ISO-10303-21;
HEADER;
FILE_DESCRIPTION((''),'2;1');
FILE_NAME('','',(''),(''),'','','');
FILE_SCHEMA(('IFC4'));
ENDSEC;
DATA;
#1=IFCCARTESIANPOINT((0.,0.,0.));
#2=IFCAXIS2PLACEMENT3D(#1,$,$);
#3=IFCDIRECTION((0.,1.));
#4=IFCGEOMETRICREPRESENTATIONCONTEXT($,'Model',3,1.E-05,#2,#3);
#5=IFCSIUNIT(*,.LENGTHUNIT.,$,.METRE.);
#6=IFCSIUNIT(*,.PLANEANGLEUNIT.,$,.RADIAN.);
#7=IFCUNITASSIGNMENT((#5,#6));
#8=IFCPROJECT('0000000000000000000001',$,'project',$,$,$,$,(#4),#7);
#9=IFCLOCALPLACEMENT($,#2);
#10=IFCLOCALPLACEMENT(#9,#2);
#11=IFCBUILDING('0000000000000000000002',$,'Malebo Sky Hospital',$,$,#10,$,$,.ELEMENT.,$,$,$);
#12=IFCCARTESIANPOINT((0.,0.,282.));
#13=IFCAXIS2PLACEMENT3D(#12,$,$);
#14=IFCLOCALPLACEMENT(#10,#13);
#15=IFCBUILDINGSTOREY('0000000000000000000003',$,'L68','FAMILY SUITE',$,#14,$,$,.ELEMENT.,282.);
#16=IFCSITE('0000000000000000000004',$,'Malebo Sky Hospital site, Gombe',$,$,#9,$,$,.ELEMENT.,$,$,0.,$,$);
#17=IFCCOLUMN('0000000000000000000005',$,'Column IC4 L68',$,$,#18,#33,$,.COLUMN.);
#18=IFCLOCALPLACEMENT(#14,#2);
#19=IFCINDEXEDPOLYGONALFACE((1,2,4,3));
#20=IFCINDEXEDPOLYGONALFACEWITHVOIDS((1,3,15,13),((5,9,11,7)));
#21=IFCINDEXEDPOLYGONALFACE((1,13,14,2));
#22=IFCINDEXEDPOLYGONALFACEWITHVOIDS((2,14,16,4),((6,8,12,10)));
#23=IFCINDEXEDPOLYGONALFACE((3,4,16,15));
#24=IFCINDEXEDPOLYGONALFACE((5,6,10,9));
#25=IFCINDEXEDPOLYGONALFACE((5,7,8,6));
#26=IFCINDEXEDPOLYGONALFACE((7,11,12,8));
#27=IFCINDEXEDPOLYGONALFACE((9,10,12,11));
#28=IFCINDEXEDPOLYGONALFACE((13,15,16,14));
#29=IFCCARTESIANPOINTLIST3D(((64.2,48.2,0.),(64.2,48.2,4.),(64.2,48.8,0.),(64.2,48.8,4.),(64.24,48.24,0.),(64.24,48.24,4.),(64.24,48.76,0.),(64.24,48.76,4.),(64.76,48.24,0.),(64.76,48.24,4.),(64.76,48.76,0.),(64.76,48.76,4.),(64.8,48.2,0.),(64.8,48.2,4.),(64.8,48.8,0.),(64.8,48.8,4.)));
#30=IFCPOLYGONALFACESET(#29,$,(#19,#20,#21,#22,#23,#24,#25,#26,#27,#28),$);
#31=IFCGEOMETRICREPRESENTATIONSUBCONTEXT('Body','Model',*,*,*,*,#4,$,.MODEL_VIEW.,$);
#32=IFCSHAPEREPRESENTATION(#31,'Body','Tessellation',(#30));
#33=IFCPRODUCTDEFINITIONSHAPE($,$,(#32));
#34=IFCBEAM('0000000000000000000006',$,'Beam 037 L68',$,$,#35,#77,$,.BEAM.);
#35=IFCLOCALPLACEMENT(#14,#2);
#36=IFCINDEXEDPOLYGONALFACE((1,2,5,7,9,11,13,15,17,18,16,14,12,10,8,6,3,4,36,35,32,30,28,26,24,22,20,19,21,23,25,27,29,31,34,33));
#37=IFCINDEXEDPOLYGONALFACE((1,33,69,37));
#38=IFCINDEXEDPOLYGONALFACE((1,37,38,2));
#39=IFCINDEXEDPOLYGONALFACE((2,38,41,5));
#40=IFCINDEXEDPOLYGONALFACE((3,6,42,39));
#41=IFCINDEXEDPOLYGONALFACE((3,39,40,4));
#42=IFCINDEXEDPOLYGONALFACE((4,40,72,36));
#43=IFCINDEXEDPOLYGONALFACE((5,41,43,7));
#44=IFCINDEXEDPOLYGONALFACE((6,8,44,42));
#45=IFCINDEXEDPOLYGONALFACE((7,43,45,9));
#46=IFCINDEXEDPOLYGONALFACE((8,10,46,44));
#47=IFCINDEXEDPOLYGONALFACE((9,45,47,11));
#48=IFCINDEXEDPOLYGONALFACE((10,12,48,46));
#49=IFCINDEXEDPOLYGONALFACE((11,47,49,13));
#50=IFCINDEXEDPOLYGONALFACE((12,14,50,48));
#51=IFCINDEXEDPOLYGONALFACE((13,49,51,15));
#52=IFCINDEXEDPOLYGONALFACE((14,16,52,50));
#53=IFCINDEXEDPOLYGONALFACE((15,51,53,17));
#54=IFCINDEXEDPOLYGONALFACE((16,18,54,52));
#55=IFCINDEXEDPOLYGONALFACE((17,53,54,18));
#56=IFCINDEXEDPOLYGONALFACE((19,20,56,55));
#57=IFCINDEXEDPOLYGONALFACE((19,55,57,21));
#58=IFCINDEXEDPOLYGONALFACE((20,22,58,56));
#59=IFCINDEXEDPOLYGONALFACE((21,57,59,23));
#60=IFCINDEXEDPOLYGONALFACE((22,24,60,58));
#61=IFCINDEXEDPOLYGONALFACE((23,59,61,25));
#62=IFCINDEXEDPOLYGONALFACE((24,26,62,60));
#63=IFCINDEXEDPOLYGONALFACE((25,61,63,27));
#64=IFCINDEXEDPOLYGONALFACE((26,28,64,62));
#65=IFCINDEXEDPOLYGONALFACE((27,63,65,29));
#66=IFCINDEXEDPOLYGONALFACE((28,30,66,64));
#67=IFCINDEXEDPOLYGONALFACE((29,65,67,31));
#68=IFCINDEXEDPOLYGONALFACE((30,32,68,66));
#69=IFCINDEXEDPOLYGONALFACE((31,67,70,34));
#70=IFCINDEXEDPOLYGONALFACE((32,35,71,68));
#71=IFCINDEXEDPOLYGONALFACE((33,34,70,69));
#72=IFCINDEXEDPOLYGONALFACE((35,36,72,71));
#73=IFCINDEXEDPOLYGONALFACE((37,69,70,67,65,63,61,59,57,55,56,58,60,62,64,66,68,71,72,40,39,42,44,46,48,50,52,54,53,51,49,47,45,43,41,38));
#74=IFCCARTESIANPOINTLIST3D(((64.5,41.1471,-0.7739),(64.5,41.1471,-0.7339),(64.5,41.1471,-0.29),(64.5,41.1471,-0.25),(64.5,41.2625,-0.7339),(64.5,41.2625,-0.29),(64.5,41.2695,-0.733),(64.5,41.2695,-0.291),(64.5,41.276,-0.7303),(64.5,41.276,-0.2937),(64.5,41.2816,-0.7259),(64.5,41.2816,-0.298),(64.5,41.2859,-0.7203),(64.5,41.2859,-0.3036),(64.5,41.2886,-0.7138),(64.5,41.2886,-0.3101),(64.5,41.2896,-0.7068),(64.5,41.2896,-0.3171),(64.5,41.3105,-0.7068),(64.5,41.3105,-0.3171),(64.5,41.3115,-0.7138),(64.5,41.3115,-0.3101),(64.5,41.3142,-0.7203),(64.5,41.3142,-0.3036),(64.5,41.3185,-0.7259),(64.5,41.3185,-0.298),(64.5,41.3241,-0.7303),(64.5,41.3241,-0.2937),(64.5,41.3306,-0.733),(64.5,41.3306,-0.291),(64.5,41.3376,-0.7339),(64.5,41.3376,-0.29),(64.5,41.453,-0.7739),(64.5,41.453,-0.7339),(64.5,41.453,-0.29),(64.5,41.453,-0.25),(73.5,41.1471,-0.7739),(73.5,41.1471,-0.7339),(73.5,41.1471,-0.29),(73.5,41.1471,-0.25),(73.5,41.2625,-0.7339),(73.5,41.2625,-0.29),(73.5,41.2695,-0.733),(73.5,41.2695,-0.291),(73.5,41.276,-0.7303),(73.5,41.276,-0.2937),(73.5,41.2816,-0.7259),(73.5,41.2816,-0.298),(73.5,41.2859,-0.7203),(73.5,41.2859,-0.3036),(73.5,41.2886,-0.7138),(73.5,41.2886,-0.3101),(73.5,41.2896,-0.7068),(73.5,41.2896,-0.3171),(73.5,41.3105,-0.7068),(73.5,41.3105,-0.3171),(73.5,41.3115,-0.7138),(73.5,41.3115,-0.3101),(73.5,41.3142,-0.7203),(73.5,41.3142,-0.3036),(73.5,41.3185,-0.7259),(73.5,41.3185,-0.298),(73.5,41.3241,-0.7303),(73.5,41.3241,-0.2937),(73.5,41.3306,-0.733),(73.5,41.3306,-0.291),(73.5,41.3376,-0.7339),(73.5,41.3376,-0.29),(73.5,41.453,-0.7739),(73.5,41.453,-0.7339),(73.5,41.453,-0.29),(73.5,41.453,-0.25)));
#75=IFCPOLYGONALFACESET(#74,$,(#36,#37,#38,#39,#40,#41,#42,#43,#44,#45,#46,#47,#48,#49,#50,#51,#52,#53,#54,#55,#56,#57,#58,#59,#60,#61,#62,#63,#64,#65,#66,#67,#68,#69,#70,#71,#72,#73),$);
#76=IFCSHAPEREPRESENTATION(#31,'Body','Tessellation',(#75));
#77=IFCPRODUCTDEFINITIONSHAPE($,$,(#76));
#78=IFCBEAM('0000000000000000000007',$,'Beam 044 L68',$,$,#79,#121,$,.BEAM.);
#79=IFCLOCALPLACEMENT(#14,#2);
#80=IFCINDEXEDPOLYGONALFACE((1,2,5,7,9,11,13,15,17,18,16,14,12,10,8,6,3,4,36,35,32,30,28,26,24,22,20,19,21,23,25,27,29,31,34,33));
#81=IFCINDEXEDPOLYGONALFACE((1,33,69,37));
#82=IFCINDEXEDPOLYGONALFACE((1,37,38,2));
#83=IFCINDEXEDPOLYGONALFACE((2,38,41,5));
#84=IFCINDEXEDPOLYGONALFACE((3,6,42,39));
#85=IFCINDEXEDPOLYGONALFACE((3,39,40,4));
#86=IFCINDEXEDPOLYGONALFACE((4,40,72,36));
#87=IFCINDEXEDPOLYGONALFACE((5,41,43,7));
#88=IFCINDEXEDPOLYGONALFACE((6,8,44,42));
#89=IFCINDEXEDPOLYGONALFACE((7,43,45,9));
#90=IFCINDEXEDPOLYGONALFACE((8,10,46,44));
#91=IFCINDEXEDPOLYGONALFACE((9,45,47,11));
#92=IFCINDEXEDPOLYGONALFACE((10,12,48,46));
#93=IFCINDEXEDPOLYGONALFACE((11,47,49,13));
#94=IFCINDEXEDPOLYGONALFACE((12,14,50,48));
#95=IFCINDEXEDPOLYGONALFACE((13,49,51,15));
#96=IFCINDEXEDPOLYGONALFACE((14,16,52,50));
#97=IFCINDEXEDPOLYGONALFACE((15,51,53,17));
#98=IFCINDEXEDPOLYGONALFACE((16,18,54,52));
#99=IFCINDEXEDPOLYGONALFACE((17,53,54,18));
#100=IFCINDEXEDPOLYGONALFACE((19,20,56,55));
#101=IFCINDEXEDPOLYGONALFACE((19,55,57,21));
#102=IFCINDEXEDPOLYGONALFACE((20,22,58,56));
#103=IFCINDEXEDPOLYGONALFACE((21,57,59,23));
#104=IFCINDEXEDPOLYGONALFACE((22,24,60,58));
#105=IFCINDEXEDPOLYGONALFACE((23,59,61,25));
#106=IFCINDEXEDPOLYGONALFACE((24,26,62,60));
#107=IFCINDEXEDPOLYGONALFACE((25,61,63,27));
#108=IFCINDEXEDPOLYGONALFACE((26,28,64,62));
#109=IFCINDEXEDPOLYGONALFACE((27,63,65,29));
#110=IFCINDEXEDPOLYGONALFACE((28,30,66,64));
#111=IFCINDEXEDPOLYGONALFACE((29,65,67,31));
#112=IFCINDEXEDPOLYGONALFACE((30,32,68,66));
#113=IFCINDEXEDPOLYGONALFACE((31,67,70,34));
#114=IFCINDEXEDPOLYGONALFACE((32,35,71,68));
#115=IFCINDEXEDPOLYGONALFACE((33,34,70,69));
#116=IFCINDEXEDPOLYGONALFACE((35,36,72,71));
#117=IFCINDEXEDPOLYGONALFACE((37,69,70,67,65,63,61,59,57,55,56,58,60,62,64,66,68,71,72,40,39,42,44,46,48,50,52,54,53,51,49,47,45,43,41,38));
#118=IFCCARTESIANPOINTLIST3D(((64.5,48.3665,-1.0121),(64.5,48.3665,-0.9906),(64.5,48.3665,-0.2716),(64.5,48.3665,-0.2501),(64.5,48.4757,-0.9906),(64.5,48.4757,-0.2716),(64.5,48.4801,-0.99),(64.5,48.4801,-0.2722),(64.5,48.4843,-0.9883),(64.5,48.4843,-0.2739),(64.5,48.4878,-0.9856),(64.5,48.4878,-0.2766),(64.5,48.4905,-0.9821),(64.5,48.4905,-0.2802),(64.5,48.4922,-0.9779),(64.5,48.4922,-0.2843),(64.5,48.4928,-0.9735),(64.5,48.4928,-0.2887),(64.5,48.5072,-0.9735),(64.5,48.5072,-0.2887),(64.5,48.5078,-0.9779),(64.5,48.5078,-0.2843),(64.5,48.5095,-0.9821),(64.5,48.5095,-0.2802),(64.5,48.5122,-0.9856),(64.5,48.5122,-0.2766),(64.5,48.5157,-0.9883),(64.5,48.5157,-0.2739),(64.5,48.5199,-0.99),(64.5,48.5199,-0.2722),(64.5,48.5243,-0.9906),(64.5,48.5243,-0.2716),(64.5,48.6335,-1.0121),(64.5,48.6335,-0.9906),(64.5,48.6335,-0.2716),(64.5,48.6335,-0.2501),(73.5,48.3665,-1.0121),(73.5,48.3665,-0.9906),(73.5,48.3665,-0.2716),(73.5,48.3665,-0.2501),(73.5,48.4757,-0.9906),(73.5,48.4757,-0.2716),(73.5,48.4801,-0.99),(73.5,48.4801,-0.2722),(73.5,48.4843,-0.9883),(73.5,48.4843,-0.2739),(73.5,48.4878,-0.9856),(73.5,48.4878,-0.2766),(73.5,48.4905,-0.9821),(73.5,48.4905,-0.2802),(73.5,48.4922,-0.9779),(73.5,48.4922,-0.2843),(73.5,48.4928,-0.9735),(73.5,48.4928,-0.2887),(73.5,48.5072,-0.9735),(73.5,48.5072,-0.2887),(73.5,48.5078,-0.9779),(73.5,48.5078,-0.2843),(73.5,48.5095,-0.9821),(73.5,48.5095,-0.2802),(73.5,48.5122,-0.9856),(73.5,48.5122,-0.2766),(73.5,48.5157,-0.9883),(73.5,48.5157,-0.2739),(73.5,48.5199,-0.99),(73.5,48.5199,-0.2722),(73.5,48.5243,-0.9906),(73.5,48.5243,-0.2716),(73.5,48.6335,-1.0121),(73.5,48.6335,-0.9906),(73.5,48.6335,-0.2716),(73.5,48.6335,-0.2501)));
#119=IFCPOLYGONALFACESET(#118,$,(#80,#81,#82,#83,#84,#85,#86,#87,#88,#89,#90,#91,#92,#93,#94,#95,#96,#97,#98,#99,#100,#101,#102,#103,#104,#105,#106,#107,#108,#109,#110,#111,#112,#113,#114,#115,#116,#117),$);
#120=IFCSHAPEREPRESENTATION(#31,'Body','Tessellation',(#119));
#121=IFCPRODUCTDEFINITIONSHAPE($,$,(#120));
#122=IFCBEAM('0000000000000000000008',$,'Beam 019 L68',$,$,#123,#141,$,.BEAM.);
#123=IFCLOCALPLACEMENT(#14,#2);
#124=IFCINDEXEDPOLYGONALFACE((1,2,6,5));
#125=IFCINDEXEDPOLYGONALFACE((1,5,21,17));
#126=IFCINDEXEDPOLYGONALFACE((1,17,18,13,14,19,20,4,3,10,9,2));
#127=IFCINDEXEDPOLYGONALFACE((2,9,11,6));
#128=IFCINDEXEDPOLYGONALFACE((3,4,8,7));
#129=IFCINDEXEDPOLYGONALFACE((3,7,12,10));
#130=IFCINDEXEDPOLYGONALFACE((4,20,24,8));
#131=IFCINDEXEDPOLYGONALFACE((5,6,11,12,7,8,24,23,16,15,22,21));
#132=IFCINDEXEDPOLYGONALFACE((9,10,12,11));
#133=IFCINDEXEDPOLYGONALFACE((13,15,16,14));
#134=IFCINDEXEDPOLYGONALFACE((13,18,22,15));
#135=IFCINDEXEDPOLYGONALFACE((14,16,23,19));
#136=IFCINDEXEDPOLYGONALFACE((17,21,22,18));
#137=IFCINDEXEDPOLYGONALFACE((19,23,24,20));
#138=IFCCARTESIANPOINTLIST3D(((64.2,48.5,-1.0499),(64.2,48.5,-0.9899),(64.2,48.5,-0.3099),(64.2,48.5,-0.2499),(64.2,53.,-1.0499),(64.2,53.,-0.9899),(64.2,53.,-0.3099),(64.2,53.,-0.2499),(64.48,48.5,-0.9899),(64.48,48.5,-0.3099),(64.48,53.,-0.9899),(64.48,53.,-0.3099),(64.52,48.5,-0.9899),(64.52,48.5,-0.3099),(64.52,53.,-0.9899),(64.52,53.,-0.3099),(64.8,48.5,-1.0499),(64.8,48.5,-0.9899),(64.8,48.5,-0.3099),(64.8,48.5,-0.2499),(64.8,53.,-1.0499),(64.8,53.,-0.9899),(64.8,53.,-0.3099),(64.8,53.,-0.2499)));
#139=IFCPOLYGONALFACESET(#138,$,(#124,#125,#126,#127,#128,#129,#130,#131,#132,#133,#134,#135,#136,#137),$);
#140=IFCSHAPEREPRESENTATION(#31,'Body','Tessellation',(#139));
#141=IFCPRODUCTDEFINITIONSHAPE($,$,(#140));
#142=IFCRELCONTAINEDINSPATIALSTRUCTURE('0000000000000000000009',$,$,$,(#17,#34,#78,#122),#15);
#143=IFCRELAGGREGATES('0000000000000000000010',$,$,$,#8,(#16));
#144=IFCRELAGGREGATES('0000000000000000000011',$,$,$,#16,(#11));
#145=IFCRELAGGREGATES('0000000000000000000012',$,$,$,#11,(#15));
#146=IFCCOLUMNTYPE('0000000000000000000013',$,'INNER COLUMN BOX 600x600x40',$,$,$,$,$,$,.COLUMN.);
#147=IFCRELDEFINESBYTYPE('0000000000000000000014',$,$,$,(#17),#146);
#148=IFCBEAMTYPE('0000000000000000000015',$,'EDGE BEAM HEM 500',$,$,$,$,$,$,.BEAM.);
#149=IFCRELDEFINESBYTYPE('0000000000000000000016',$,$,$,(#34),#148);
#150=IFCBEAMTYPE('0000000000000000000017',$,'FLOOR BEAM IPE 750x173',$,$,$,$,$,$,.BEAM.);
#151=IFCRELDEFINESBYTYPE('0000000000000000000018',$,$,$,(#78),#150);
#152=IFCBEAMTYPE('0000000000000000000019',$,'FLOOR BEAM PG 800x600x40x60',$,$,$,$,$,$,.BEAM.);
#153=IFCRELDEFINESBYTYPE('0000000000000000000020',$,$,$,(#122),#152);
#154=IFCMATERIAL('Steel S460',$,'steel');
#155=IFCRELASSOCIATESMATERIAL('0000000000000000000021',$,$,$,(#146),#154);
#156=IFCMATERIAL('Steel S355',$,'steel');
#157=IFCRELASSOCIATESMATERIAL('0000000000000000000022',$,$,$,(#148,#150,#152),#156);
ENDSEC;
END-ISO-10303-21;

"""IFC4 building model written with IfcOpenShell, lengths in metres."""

from ifc_helpers import new_model, si_unit, direction, frame, origin, origin_2d, place, context, subcontext, project, spatial, hollow_rectangle, i_section, extrude, material, material_profile, profile_set, type_object, element, save


model = new_model("IFC4")

# Units and contexts
model_context = context("Model", 3, precision=1e-05, world=origin(), true_north=direction((0.0, 1.0)))
body_context = subcontext(model_context, "Body", "Model", "MODEL_VIEW")
ifc_project = project(units=[si_unit("LENGTHUNIT", "METRE"), si_unit("PLANEANGLEUNIT", "RADIAN")], contexts=[model_context])

# Site, building, storey
site_placement = place(None, origin())
site = spatial("IfcSite", under=ifc_project, at=site_placement, Name="Malebo Sky Hospital site, Gombe", CompositionType="ELEMENT", RefElevation=0.0)
building_placement = place(site_placement, origin())
building = spatial("IfcBuilding", under=site, at=building_placement, Name="Malebo Sky Hospital", CompositionType="ELEMENT")
storey_placement = place(building_placement, frame((0.0, 0.0, 282.0)))
storey = spatial("IfcBuildingStorey", under=building, at=storey_placement, Name="L68", Description="FAMILY SUITE", CompositionType="ELEMENT", Elevation=282.0)

# Column
ifc_material_1 = material(Name="Steel S460", Category="steel")
ifc_material_profile_1 = material_profile(ifc_material_1, hollow_rectangle(XDim=0.6001, YDim=0.6001, WallThickness=0.04, at=origin_2d()), Name="BOX 600x600x40")
ifc_profile_set_1 = profile_set([ifc_material_profile_1], Name="Steel S460")
column_type = type_object("IfcColumnType", Name="INNER COLUMN BOX 600x600x40", PredefinedType="COLUMN", material=ifc_profile_set_1)
column_placement = place(storey_placement, frame((64.5, 48.5, 0.0), z_axis=(0.0, 0.0, 1.0), x_axis=(1.0, 0.0, 0.0)))
element("IfcColumn", 1, at=column_placement, inside=storey, type_object=column_type, Name="Column IC4 L68", PredefinedType="COLUMN", context=body_context, shape_type="SweptSolid", body=[
    extrude(hollow_rectangle(XDim=0.6001, YDim=0.6001, WallThickness=0.04, at=origin_2d()), origin(), (0.0, 0.0, 1.0), 4.0),
])

# Beams
ifc_material_2 = material(Name="Steel S355", Category="steel")
ifc_material_profile_2 = material_profile(ifc_material_2, i_section(OverallWidth=0.3059, OverallDepth=0.5239, WebThickness=0.021, FlangeThickness=0.04, FilletRadius=0.0271, at=origin_2d()), Name="HEM 500")
ifc_profile_set_2 = profile_set([ifc_material_profile_2], Name="Steel S355")
beam_type_1 = type_object("IfcBeamType", Name="EDGE BEAM HEM 500", PredefinedType="BEAM", material=ifc_profile_set_2)
beam_1_placement = place(storey_placement, frame((64.5, 41.3, -0.512), z_axis=(1.0, 0.0, 0.0), x_axis=(0.0, 1.0, 0.0)))
element("IfcBeam", 2, at=beam_1_placement, inside=storey, type_object=beam_type_1, Name="Beam 037 L68", PredefinedType="BEAM", context=body_context, shape_type="SweptSolid", body=[
    extrude(i_section(OverallWidth=0.3059, OverallDepth=0.5239, WebThickness=0.021, FlangeThickness=0.04, FilletRadius=0.0271, at=origin_2d()), origin(), (0.0, 0.0, 1.0), 9.0),
])
ifc_material_profile_3 = material_profile(ifc_material_2, i_section(OverallWidth=0.2671, OverallDepth=0.762, WebThickness=0.0144, FlangeThickness=0.0215, FilletRadius=0.0171, at=origin_2d()), Name="IPE 750x173")
ifc_profile_set_3 = profile_set([ifc_material_profile_3], Name="Steel S355")
beam_type_2 = type_object("IfcBeamType", Name="FLOOR BEAM IPE 750x173", PredefinedType="BEAM", material=ifc_profile_set_3)
beam_2_placement = place(storey_placement, frame((64.5, 48.5, -0.6311), z_axis=(1.0, 0.0, 0.0), x_axis=(0.0, 1.0, 0.0)))
element("IfcBeam", 3, at=beam_2_placement, inside=storey, type_object=beam_type_2, Name="Beam 044 L68", PredefinedType="BEAM", context=body_context, shape_type="SweptSolid", body=[
    extrude(i_section(OverallWidth=0.2671, OverallDepth=0.762, WebThickness=0.0144, FlangeThickness=0.0215, FilletRadius=0.0171, at=origin_2d()), origin(), (0.0, 0.0, 1.0), 9.0),
])
ifc_material_profile_4 = material_profile(ifc_material_2, i_section(OverallWidth=0.6001, OverallDepth=0.8, WebThickness=0.04, FlangeThickness=0.0601, at=origin_2d()), Name="PG 800x600x40x60")
ifc_profile_set_4 = profile_set([ifc_material_profile_4], Name="Steel S355")
beam_type_3 = type_object("IfcBeamType", Name="FLOOR BEAM PG 800x600x40x60", PredefinedType="BEAM", material=ifc_profile_set_4)
beam_3_placement = place(storey_placement, frame((64.5, 48.5, -0.6499), z_axis=(0.0, 1.0, 0.0), x_axis=(-1.0, 0.0, 0.0)))
element("IfcBeam", 4, at=beam_3_placement, inside=storey, type_object=beam_type_3, Name="Beam 019 L68", PredefinedType="BEAM", context=body_context, shape_type="SweptSolid", body=[
    extrude(i_section(OverallWidth=0.6001, OverallDepth=0.8, WebThickness=0.04, FlangeThickness=0.0601, at=origin_2d()), origin(), (0.0, 0.0, 1.0), 4.5),
])

save(model, "model.ifc")
